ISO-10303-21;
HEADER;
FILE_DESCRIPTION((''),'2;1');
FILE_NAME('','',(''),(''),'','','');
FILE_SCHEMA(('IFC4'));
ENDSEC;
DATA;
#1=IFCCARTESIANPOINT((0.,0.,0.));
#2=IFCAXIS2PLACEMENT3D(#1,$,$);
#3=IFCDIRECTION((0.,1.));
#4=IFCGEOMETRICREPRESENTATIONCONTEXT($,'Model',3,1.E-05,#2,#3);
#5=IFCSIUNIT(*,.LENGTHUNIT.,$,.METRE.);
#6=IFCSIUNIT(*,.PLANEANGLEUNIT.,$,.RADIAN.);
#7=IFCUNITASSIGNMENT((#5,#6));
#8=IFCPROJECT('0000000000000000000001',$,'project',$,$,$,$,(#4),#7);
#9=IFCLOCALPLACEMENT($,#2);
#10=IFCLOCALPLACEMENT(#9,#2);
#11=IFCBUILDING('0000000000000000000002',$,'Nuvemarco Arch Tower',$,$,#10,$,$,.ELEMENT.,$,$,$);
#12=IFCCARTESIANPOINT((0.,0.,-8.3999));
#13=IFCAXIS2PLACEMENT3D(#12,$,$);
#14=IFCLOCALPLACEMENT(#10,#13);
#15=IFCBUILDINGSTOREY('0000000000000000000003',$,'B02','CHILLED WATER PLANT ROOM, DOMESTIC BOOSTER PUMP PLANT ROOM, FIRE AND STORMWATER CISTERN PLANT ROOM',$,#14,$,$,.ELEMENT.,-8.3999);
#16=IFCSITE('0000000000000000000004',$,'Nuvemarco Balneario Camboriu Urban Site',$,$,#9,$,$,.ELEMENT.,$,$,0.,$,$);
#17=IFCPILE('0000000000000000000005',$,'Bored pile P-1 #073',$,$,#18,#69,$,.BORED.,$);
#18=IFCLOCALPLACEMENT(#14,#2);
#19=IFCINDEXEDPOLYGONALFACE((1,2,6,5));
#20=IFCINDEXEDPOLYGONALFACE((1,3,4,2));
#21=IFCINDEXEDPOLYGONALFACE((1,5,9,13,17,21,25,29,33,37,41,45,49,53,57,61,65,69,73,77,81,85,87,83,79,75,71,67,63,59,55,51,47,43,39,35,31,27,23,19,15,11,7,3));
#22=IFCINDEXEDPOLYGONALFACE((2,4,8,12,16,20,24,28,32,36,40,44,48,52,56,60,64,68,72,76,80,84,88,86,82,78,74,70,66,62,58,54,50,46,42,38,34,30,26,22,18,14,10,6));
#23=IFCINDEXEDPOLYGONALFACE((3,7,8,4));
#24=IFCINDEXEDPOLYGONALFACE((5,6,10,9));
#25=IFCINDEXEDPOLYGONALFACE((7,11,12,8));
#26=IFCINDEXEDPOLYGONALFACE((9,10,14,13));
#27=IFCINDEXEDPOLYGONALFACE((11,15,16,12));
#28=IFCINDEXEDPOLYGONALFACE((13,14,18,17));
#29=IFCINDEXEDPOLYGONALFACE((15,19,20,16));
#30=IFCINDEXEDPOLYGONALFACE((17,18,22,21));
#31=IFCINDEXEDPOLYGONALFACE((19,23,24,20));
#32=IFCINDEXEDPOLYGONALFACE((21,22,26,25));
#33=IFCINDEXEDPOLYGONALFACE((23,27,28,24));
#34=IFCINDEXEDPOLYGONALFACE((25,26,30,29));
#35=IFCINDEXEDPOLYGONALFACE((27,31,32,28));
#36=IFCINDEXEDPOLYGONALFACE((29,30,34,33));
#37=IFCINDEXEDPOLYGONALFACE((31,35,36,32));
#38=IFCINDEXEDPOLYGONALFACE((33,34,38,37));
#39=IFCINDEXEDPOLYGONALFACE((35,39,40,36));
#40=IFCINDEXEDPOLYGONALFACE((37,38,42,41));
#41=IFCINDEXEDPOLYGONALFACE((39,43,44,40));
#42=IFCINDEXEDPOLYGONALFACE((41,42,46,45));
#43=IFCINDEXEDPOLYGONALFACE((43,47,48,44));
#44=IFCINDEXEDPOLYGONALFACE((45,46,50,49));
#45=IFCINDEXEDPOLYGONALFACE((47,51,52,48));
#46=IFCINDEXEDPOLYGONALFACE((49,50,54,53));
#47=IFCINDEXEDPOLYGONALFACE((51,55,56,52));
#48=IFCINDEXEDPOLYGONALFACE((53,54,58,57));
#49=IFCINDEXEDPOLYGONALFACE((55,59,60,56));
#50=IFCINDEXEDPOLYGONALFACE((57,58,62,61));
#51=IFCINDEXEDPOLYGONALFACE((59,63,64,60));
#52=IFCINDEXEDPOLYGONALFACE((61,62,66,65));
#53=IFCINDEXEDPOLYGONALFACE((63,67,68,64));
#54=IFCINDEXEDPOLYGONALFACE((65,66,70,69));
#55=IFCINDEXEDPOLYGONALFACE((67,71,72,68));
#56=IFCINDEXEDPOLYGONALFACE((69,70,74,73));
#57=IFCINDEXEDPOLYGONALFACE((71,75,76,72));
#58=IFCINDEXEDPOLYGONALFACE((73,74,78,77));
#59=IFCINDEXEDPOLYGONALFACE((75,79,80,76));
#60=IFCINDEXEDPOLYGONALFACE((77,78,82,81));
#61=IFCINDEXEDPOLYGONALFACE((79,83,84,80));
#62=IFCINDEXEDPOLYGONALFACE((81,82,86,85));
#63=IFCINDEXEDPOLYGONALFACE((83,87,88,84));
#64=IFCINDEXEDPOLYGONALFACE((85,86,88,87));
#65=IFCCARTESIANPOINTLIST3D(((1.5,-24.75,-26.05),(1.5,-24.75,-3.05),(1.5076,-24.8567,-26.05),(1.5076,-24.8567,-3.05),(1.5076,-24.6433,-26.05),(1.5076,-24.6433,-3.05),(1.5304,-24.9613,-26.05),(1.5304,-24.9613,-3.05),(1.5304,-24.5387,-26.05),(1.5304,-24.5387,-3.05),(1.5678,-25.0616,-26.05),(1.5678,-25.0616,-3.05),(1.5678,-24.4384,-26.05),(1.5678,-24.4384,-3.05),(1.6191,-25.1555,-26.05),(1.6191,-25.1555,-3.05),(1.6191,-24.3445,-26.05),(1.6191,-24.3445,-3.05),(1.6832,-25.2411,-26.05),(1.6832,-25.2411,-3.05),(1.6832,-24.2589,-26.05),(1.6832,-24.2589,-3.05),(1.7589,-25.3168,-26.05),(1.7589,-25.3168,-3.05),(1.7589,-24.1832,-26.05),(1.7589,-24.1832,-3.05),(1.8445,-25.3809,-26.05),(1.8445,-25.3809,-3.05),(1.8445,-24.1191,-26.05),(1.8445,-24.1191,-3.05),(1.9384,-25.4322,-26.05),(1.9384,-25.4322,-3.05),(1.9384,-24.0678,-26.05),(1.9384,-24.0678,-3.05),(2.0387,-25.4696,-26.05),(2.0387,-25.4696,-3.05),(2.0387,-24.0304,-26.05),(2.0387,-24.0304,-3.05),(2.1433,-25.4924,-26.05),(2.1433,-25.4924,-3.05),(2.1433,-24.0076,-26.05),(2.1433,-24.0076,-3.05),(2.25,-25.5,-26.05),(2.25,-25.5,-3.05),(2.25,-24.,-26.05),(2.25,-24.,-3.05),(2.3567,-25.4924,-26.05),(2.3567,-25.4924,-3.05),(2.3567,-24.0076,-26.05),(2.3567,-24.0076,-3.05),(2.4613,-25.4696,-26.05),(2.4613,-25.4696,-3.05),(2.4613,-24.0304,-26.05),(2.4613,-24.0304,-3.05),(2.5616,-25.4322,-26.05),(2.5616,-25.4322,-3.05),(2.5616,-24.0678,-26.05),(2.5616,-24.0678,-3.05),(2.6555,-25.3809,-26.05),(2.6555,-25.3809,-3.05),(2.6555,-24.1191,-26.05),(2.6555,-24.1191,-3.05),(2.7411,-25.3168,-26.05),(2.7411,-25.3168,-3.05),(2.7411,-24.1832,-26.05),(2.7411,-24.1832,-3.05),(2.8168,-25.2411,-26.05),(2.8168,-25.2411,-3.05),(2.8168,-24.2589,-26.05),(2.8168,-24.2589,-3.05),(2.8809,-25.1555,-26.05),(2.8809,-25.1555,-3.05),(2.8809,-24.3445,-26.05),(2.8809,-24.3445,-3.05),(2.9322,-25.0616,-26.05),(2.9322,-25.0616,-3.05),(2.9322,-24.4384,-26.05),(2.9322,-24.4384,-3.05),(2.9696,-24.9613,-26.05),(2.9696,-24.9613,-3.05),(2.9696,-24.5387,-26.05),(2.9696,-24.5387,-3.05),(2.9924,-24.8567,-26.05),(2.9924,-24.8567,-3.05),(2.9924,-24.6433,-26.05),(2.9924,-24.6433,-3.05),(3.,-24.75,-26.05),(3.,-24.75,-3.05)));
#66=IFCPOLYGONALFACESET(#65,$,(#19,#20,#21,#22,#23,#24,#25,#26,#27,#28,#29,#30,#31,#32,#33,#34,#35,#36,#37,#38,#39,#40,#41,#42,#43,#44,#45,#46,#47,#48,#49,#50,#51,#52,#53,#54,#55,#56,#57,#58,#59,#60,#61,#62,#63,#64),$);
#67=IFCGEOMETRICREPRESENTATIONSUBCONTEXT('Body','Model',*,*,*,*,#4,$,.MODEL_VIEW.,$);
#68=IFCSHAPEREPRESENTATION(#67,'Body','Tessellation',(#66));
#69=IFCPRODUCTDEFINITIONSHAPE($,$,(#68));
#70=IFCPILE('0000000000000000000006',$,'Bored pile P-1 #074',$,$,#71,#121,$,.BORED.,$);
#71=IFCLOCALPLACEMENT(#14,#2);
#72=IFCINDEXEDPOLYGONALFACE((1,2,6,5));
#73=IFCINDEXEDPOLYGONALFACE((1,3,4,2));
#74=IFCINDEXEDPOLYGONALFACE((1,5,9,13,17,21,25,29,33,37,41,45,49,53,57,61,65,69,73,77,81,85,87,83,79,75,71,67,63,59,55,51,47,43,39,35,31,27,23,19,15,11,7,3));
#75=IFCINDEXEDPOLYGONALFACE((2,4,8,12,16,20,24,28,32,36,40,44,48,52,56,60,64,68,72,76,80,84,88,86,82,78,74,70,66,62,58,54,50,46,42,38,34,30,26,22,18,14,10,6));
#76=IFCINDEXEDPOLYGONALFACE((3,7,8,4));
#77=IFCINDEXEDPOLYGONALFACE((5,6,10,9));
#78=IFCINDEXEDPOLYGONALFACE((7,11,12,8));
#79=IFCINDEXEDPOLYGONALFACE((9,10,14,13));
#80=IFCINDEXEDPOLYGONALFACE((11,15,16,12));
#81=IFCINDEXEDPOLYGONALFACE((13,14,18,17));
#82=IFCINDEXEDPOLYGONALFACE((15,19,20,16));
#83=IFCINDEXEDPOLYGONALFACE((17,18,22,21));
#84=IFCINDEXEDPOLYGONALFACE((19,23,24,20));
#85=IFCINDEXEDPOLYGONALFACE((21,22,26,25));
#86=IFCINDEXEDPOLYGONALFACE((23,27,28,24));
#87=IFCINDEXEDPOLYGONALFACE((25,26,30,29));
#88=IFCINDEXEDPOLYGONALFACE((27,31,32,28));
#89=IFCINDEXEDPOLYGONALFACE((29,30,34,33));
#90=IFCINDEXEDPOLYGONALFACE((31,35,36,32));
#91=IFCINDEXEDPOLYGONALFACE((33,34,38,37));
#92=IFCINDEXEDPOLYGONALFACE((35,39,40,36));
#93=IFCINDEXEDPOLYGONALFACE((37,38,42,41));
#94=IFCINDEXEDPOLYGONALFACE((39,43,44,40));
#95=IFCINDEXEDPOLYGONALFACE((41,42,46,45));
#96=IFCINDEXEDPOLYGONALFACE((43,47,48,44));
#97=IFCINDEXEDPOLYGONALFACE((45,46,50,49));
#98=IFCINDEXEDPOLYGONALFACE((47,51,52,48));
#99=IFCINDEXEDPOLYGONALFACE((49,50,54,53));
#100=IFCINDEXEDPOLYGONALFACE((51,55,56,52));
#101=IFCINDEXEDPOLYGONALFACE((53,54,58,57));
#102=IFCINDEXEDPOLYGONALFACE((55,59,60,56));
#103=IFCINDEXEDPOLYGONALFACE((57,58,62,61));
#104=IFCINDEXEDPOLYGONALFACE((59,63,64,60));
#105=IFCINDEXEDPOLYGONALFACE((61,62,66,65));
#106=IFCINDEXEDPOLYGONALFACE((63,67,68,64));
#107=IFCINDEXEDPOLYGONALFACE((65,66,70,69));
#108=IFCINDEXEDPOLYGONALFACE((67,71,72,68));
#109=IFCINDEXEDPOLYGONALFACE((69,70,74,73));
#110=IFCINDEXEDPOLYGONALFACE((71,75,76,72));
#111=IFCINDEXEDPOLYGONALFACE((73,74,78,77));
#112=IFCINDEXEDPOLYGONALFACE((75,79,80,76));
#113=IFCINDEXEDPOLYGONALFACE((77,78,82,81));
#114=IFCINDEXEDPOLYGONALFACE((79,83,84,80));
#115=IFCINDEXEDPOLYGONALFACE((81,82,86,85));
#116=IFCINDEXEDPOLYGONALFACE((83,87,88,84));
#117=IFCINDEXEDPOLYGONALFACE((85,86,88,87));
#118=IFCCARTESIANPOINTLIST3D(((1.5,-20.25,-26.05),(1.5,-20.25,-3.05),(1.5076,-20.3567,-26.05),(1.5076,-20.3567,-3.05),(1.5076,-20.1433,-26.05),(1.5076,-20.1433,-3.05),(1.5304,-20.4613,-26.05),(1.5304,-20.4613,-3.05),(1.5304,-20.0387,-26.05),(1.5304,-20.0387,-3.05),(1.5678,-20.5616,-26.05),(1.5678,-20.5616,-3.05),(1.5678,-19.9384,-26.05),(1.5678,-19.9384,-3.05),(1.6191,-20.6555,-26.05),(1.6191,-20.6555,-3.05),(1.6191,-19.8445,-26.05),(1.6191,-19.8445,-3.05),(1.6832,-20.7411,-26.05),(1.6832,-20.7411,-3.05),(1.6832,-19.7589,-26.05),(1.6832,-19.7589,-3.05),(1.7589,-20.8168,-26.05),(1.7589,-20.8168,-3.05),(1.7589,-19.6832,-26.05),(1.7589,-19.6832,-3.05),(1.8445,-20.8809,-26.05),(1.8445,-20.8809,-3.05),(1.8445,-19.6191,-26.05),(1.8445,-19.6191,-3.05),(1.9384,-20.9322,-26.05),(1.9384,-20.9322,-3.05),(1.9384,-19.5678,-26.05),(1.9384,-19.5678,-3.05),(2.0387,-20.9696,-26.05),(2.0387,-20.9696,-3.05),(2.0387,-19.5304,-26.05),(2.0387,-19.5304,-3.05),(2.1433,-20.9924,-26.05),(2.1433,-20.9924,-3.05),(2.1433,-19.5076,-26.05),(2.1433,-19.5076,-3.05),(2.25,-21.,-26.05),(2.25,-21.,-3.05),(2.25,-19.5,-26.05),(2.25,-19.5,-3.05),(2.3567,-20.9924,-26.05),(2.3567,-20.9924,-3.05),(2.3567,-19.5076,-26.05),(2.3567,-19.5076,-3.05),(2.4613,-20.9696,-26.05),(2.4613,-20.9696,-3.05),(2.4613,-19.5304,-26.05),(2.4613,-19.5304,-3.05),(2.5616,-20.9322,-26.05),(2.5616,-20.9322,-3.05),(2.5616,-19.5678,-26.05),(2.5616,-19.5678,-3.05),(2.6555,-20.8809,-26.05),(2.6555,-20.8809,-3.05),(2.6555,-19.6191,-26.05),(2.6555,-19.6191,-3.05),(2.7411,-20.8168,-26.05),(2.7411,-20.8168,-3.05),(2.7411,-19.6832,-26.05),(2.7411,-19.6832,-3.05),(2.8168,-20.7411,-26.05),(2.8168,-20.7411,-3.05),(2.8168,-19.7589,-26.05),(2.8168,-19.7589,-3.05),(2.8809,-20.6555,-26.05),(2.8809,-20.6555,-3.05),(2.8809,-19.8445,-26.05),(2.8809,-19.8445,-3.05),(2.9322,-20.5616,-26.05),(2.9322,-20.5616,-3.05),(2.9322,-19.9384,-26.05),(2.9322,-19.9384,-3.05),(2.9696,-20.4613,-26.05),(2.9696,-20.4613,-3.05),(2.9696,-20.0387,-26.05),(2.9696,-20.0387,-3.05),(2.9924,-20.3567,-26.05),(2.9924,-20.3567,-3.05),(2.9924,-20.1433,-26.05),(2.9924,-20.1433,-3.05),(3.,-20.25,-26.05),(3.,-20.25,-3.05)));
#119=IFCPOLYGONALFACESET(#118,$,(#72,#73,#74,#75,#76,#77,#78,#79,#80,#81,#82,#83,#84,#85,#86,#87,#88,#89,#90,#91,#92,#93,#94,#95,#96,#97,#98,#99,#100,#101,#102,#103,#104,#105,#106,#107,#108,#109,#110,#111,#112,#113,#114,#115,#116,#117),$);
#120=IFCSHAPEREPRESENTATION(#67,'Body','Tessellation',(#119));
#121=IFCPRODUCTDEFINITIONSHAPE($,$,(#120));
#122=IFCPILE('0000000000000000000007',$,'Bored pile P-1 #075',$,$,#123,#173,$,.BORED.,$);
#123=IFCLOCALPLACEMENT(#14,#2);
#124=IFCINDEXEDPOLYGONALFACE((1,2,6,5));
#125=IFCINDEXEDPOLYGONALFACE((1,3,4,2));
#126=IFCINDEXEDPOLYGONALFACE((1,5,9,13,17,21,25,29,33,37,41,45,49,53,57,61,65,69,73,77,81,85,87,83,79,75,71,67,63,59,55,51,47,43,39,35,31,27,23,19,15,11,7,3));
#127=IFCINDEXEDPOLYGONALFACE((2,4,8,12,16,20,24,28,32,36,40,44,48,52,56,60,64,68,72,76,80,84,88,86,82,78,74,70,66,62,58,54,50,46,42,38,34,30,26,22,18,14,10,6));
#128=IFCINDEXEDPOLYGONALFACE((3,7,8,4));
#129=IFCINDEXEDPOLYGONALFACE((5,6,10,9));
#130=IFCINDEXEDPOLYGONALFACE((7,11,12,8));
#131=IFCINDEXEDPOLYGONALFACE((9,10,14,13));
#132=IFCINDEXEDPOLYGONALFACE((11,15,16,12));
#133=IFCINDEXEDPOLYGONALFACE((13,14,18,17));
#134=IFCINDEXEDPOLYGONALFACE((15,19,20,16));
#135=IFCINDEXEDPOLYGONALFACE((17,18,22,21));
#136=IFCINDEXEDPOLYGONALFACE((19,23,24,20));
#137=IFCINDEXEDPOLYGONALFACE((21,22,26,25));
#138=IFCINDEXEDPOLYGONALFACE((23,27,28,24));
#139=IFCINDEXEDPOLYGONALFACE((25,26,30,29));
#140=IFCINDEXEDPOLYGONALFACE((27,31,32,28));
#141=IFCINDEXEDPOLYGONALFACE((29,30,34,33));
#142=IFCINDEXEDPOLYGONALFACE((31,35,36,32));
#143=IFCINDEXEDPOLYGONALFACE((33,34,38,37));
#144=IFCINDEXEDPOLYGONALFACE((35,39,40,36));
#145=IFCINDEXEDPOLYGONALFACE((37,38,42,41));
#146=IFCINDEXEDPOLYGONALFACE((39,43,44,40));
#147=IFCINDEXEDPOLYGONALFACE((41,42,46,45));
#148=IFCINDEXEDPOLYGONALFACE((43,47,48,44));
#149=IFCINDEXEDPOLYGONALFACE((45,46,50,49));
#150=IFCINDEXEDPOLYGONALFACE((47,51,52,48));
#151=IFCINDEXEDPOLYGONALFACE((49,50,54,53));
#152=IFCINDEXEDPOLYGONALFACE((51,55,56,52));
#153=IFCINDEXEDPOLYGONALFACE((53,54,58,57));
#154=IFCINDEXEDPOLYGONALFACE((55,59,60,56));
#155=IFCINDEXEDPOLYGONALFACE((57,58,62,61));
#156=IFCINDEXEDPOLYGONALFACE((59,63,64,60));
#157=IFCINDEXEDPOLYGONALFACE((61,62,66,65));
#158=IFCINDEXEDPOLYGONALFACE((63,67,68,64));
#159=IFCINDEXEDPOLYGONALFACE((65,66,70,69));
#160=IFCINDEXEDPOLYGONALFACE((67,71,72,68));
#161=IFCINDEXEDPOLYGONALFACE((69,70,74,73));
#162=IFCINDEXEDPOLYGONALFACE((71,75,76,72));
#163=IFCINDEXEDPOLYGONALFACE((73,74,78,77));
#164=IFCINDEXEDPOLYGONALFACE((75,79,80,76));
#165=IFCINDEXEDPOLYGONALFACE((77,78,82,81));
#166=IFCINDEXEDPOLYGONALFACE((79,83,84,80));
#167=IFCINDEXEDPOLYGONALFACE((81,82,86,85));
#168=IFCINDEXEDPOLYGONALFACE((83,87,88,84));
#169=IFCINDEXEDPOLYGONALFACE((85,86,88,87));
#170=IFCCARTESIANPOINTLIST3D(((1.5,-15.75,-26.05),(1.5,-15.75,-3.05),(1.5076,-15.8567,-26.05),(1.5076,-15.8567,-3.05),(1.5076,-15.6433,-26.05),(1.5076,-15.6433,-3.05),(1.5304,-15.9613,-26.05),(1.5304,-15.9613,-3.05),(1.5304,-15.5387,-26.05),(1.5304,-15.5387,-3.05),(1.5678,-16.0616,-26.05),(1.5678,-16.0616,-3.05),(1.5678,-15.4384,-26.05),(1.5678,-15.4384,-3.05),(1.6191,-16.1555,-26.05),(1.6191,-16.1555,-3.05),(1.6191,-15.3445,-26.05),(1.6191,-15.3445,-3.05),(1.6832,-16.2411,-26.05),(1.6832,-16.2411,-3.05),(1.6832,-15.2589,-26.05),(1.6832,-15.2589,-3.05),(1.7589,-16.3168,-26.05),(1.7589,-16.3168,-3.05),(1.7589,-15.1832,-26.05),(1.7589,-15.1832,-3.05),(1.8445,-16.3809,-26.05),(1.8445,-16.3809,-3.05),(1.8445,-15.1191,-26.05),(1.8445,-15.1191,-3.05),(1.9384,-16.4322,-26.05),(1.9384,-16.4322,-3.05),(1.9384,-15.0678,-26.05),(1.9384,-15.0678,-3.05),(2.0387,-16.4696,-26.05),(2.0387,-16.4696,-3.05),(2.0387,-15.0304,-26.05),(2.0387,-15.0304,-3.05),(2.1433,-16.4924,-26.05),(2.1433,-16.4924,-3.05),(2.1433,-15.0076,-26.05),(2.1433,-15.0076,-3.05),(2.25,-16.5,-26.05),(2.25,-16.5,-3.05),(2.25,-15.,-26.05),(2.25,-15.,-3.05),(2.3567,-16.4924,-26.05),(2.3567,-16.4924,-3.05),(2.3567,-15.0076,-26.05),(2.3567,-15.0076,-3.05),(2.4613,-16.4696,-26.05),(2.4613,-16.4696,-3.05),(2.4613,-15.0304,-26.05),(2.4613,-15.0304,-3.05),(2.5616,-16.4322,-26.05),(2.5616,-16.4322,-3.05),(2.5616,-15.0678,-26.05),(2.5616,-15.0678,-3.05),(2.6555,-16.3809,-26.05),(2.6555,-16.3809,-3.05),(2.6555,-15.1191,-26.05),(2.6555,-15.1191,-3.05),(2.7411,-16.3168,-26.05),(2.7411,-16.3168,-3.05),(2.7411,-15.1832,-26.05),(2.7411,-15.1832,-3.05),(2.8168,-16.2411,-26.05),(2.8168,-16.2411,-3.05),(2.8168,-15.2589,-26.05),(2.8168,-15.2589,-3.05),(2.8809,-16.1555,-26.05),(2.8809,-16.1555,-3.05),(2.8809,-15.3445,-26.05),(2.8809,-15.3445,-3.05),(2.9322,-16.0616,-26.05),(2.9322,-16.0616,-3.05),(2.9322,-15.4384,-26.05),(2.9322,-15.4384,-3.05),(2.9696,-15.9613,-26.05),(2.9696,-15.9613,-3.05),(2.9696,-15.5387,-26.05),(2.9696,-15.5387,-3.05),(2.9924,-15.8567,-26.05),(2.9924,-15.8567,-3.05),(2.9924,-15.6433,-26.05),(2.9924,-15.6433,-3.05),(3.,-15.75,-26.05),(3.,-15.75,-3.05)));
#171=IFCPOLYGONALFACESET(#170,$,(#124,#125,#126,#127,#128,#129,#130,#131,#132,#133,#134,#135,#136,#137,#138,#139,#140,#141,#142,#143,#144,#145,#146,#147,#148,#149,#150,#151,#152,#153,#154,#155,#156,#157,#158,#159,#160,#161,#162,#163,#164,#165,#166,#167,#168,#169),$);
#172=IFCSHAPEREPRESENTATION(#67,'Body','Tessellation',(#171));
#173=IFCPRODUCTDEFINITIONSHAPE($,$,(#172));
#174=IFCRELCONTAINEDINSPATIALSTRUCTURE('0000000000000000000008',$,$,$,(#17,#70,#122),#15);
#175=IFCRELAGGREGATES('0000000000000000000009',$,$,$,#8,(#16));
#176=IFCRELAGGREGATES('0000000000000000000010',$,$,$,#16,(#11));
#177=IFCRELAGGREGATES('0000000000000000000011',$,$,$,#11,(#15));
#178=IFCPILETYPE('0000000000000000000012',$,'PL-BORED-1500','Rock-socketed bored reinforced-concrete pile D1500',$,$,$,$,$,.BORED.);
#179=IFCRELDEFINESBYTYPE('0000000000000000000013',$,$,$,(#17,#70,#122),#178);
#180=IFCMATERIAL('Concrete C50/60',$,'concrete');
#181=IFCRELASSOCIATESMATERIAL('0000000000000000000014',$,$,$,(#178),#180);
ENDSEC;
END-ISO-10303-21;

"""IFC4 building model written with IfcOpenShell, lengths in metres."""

from ifc_helpers import new_model, si_unit, direction, frame, origin, origin_2d, place, context, subcontext, project, spatial, circle, extrude, material, material_profile, profile_set, type_object, element, save


model = new_model("IFC4")

# Units and contexts
model_context = context("Model", 3, precision=1e-05, world=origin(), true_north=direction((0.0, 1.0)))
body_context = subcontext(model_context, "Body", "Model", "MODEL_VIEW")
ifc_project = project(units=[si_unit("LENGTHUNIT", "METRE"), si_unit("PLANEANGLEUNIT", "RADIAN")], contexts=[model_context])

# Site, building, storey
site_placement = place(None, origin())
site = spatial("IfcSite", under=ifc_project, at=site_placement, Name="Nuvemarco Balneario Camboriu Urban Site", CompositionType="ELEMENT", RefElevation=0.0)
building_placement = place(site_placement, origin())
building = spatial("IfcBuilding", under=site, at=building_placement, Name="Nuvemarco Arch Tower", CompositionType="ELEMENT")
storey_placement = place(building_placement, frame((0.0, 0.0, -8.3999)))
storey = spatial("IfcBuildingStorey", under=building, at=storey_placement, Name="B02", Description="CHILLED WATER PLANT ROOM, DOMESTIC BOOSTER PUMP PLANT ROOM, FIRE AND STORMWATER CISTERN PLANT ROOM", CompositionType="ELEMENT", Elevation=-8.3999)

# Piles
ifc_material_1 = material(Name="Concrete C50/60", Category="concrete")
ifc_material_profile_1 = material_profile(ifc_material_1, circle(Radius=0.75, at=origin_2d()), Name="PILE-D1500")
ifc_profile_set_1 = profile_set([ifc_material_profile_1], Name="Concrete C50/60")
pile_type = type_object("IfcPileType", Name="PL-BORED-1500", Description="Rock-socketed bored reinforced-concrete pile D1500", PredefinedType="BORED", material=ifc_profile_set_1)
for number, where, z_axis, x_axis, name in (
    (1, (2.25, -24.75, -3.05), (0.0, 0.0, -1.0), (1.0, 0.0, 0.0), "Bored pile P-1 #073"),
    (2, (2.25, -20.25, -3.05), (0.0, 0.0, -1.0), (1.0, 0.0, 0.0), "Bored pile P-1 #074"),
    (3, (2.25, -15.75, -3.05), (0.0, 0.0, -1.0), (1.0, 0.0, 0.0), "Bored pile P-1 #075"),
):
    element("IfcPile", number, at=place(storey_placement, frame(where, z_axis=z_axis, x_axis=x_axis)), inside=storey, type_object=pile_type, Name=name, PredefinedType="BORED", context=body_context, shape_type="SweptSolid", body=[
        extrude(circle(Radius=0.75, at=origin_2d()), origin(), (0.0, 0.0, 1.0), 23.0),
    ])

save(model, "model.ifc")
